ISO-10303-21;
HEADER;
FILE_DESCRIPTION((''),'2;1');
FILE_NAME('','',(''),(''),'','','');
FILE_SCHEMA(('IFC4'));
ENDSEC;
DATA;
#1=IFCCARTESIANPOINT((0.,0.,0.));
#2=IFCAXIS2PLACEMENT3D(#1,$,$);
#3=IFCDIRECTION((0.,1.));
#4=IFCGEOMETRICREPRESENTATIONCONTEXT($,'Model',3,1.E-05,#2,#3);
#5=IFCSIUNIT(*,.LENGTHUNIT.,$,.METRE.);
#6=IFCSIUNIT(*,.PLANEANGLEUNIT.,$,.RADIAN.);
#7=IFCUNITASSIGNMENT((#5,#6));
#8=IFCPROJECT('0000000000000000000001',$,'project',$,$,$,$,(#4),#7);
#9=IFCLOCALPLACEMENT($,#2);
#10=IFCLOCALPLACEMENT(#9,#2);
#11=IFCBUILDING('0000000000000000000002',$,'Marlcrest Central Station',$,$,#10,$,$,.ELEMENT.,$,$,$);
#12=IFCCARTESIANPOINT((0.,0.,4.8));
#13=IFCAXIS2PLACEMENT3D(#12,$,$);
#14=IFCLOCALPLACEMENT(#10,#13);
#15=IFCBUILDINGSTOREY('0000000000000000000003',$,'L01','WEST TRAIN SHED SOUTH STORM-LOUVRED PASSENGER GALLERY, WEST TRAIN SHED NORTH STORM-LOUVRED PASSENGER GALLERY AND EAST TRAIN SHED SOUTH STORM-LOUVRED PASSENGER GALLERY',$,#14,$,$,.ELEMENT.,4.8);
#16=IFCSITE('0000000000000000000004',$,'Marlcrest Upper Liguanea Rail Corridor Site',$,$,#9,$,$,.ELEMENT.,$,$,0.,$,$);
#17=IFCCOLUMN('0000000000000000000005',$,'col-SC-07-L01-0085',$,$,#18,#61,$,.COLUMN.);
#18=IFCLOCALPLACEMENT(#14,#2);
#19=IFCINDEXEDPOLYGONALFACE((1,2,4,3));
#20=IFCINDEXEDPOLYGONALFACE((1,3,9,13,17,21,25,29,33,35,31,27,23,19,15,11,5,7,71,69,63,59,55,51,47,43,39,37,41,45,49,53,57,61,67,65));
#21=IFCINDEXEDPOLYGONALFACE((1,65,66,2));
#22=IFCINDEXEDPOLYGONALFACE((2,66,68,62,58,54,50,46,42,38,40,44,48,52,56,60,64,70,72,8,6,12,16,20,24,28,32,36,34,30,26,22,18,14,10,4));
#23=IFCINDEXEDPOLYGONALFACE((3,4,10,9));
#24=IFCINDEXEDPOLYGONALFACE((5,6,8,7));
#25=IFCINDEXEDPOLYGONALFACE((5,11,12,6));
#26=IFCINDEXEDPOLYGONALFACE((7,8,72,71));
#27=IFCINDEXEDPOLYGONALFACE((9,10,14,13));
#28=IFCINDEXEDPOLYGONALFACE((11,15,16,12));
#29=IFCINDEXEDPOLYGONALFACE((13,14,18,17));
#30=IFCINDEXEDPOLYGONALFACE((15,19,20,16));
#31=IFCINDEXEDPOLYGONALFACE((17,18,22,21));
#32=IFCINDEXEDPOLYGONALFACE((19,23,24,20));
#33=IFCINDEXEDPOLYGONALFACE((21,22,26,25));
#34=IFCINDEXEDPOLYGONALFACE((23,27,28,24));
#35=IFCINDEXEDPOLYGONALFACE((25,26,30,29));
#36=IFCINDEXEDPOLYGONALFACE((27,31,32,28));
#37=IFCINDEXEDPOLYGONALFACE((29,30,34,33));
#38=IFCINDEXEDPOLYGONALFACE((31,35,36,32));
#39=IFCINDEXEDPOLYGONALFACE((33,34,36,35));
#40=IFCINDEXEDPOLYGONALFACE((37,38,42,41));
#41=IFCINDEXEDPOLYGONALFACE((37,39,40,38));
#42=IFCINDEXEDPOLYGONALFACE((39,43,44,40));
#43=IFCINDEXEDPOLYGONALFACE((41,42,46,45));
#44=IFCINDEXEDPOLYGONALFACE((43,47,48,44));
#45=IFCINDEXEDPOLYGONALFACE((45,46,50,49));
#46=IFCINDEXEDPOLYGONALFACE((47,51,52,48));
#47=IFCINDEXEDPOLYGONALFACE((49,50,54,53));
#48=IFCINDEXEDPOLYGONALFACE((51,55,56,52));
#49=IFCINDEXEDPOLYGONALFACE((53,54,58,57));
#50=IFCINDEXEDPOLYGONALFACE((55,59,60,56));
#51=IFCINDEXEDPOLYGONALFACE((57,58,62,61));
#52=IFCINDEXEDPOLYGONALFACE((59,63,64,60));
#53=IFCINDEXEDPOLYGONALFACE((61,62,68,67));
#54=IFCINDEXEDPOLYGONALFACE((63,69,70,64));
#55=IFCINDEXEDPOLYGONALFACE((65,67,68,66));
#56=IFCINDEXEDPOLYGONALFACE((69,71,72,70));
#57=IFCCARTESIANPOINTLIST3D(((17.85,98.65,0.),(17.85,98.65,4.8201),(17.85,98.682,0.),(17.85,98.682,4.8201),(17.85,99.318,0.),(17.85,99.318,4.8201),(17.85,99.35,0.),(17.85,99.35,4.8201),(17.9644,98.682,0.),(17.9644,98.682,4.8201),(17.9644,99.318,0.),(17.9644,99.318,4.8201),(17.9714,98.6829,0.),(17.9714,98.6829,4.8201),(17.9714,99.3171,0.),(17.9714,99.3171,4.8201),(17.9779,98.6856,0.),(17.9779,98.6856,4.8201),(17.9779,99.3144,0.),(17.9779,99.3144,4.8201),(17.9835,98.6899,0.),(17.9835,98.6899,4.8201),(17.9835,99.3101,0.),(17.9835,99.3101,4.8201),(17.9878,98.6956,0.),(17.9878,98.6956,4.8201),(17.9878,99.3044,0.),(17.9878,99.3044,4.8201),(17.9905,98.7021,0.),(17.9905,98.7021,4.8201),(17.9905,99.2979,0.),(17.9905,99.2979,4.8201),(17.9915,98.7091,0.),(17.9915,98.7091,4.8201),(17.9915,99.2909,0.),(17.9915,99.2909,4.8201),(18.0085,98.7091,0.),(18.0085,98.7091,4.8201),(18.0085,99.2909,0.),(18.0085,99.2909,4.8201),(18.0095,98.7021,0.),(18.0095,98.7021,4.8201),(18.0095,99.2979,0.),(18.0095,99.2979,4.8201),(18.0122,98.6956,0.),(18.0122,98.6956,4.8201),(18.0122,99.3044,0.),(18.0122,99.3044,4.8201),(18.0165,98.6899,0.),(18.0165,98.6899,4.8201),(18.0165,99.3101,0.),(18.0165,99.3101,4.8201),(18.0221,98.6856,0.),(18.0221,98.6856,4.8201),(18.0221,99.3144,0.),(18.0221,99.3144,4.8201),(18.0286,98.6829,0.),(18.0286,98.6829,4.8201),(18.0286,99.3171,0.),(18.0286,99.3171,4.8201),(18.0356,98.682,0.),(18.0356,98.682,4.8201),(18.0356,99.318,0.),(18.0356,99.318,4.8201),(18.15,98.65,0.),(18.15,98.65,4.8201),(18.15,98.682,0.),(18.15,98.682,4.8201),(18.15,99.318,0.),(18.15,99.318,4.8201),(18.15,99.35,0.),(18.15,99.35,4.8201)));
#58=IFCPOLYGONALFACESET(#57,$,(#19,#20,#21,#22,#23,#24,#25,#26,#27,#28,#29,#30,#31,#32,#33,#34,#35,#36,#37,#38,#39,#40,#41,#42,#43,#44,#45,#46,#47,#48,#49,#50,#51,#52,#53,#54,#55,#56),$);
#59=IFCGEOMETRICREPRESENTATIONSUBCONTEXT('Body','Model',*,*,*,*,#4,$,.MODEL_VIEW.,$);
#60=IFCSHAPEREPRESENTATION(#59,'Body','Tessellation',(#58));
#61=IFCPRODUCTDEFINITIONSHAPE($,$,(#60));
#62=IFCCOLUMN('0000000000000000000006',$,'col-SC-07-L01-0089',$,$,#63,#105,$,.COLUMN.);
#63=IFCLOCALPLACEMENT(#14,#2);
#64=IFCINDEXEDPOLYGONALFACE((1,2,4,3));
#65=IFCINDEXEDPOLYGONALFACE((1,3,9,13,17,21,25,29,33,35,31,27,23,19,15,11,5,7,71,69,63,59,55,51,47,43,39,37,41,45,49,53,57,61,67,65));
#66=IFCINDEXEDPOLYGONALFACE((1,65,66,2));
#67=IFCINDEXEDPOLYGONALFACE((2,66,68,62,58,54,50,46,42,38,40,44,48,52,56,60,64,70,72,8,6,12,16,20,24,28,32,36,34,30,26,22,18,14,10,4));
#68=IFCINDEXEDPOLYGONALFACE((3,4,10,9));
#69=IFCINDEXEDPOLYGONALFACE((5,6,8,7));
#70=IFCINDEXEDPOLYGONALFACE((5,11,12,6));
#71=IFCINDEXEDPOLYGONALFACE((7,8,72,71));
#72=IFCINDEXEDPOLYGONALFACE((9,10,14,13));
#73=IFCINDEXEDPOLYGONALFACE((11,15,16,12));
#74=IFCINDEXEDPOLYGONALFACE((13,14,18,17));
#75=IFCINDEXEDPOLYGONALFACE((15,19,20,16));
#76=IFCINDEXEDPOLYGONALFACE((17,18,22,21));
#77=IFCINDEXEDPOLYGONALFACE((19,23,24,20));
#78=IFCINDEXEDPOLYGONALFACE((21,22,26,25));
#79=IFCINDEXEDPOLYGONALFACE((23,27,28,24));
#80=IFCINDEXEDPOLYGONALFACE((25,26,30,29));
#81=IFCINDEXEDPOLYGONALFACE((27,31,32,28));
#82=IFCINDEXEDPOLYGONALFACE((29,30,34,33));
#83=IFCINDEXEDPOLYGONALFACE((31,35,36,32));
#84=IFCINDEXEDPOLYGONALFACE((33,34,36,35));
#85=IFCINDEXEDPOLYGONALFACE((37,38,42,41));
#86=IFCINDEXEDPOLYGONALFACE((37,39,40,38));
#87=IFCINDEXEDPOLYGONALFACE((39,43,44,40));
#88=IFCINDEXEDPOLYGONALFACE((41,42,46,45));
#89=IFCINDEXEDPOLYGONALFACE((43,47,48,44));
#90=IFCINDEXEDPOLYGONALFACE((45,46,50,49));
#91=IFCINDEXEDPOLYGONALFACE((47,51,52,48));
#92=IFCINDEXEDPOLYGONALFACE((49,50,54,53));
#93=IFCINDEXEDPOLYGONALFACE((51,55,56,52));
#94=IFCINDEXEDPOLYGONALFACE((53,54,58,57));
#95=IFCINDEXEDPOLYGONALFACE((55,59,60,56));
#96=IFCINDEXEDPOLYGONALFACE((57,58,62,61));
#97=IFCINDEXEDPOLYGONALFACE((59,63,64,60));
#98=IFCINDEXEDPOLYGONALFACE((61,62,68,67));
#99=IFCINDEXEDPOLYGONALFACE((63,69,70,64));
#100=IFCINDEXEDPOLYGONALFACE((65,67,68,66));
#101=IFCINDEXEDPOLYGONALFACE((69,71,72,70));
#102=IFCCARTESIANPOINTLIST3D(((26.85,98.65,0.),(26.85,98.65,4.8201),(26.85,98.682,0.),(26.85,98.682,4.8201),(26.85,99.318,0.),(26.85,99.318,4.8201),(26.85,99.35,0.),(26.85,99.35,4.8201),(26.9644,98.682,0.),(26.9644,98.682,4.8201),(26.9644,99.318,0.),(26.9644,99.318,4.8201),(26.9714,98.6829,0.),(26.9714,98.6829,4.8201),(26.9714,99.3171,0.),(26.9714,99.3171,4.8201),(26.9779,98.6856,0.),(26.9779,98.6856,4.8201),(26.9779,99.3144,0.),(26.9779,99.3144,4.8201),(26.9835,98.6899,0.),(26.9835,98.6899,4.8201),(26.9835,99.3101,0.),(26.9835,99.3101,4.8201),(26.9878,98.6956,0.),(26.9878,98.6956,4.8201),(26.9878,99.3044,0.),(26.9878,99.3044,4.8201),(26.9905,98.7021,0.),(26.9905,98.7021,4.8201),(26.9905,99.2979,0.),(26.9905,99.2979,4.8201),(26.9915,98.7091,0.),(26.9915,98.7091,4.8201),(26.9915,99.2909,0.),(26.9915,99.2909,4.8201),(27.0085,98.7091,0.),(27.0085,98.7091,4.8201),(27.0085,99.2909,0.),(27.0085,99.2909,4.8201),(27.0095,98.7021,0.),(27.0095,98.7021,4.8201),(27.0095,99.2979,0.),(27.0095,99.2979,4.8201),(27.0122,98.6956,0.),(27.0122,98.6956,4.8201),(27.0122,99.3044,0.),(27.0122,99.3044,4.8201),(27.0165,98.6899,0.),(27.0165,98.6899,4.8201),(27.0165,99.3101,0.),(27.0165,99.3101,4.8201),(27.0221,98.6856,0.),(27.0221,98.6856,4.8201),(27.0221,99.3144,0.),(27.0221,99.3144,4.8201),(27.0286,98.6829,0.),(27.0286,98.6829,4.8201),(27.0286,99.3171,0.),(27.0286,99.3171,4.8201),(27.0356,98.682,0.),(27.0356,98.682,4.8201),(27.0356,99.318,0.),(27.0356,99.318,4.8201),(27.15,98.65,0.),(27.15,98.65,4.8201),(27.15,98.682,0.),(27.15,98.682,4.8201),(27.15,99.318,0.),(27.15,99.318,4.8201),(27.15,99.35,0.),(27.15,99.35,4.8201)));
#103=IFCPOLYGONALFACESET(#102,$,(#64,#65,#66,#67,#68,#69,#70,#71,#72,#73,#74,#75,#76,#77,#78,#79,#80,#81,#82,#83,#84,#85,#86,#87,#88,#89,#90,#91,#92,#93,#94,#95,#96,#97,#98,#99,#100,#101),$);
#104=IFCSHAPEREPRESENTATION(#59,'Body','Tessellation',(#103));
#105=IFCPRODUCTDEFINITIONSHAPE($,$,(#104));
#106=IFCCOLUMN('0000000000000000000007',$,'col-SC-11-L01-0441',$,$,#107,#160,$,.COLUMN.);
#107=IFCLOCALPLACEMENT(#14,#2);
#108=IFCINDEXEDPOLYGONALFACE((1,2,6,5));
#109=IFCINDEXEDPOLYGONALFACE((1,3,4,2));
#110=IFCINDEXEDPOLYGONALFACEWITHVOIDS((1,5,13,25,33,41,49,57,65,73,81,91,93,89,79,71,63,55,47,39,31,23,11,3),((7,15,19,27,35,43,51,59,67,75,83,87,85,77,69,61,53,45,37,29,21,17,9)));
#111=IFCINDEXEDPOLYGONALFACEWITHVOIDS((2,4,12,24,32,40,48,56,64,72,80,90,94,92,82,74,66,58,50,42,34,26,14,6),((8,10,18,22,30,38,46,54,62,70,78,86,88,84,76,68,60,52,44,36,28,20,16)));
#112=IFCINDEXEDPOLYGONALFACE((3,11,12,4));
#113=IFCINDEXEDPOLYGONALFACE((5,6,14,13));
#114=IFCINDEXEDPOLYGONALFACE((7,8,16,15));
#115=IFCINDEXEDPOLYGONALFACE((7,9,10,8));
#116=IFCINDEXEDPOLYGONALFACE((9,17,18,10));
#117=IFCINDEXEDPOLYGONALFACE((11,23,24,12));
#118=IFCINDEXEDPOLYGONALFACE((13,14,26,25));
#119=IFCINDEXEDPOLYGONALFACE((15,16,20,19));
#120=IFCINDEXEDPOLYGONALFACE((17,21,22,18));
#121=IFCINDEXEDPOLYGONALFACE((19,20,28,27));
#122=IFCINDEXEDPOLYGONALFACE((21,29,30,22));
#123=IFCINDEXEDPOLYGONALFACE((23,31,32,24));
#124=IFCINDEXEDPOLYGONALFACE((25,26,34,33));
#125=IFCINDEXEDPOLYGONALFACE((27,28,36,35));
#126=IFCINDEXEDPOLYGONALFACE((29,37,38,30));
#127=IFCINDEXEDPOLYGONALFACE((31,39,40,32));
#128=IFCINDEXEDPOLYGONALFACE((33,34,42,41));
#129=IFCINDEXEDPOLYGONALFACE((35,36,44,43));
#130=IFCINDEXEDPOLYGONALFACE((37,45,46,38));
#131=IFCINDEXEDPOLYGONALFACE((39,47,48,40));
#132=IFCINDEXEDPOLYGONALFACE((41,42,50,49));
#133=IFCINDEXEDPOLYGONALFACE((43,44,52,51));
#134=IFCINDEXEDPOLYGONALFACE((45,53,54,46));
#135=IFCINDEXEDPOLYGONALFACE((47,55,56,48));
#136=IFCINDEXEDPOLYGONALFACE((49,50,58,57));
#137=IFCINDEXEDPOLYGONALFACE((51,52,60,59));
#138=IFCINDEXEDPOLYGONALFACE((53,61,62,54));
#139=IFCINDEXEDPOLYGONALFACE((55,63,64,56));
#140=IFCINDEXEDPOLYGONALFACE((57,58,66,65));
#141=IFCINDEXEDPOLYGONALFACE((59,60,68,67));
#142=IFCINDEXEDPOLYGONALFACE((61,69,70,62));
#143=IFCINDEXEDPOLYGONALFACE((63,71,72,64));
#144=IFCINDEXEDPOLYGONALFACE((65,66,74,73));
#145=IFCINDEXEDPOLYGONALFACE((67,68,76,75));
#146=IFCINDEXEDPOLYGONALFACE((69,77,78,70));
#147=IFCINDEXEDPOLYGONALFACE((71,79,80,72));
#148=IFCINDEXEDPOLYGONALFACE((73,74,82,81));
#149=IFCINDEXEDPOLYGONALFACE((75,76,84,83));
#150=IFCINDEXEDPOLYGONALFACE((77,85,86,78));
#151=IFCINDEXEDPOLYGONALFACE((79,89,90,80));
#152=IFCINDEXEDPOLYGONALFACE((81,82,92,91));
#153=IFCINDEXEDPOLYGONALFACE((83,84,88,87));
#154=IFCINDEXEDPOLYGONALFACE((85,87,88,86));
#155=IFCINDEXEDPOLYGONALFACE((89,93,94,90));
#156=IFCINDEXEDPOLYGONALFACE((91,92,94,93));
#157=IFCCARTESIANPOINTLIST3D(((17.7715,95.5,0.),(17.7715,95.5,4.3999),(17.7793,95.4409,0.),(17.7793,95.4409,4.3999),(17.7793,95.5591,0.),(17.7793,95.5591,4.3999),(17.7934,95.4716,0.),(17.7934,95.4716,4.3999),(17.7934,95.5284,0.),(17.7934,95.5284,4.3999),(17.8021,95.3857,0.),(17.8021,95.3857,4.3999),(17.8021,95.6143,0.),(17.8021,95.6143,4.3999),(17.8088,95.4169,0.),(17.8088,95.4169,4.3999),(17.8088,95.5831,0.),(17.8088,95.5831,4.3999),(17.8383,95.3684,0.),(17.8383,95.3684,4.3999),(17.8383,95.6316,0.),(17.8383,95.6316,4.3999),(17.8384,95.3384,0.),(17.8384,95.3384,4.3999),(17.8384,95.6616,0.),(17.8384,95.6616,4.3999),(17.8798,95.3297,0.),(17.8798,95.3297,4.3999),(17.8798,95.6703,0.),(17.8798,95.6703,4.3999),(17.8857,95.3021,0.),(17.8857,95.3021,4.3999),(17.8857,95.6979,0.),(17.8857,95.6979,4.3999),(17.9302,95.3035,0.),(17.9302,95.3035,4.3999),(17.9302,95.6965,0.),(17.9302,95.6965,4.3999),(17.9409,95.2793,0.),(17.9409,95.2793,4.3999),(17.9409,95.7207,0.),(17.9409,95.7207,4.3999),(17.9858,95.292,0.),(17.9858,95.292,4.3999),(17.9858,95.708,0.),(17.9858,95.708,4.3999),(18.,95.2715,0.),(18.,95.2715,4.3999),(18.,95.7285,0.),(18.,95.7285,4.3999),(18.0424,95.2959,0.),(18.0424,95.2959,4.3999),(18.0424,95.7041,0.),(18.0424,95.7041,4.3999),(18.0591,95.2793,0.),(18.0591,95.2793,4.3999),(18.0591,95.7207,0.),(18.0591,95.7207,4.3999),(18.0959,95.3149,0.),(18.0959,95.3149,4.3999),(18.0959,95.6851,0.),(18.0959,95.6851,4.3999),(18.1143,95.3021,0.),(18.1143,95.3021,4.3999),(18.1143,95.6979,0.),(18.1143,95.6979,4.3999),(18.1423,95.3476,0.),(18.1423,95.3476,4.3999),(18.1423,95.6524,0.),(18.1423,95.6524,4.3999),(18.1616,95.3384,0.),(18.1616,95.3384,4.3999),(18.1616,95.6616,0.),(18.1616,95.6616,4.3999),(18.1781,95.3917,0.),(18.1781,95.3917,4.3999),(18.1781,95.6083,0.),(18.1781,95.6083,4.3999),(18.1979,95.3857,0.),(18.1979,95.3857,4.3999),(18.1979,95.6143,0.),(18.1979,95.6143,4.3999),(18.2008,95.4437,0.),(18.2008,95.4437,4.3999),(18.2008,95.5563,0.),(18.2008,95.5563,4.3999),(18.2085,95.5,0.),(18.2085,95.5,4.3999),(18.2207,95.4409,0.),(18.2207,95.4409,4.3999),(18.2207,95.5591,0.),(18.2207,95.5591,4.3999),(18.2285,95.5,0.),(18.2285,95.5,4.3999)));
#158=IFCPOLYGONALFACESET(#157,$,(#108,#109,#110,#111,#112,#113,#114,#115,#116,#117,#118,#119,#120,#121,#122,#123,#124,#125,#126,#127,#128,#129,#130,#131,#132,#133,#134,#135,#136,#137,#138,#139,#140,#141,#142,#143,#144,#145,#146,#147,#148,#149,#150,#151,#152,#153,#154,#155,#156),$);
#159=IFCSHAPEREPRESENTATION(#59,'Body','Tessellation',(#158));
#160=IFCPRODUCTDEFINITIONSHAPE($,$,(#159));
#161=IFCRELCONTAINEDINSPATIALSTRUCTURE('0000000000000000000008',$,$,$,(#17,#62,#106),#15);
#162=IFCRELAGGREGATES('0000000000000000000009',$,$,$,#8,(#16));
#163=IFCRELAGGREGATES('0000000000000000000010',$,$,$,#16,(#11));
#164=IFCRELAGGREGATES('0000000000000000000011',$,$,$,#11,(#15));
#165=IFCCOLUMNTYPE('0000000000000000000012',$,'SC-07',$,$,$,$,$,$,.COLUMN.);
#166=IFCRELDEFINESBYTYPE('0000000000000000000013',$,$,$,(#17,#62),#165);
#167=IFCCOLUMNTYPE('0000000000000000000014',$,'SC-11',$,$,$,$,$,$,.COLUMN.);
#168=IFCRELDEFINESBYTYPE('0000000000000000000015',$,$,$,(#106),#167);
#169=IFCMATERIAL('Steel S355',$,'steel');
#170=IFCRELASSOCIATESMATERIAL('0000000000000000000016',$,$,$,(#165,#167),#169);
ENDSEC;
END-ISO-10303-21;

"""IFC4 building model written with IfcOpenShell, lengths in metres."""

from ifc_helpers import new_model, si_unit, direction, frame, origin, origin_2d, place, context, subcontext, project, spatial, hollow_circle, i_section, extrude, material, material_profile, profile_set, type_object, element, save


model = new_model("IFC4")

# Units and contexts
model_context = context("Model", 3, precision=1e-05, world=origin(), true_north=direction((0.0, 1.0)))
body_context = subcontext(model_context, "Body", "Model", "MODEL_VIEW")
ifc_project = project(units=[si_unit("LENGTHUNIT", "METRE"), si_unit("PLANEANGLEUNIT", "RADIAN")], contexts=[model_context])

# Site, building, storey
site_placement = place(None, origin())
site = spatial("IfcSite", under=ifc_project, at=site_placement, Name="Marlcrest Upper Liguanea Rail Corridor Site", CompositionType="ELEMENT", RefElevation=0.0)
building_placement = place(site_placement, origin())
building = spatial("IfcBuilding", under=site, at=building_placement, Name="Marlcrest Central Station", CompositionType="ELEMENT")
storey_placement = place(building_placement, frame((0.0, 0.0, 4.8)))
storey = spatial("IfcBuildingStorey", under=building, at=storey_placement, Name="L01", Description="WEST TRAIN SHED SOUTH STORM-LOUVRED PASSENGER GALLERY, WEST TRAIN SHED NORTH STORM-LOUVRED PASSENGER GALLERY AND EAST TRAIN SHED SOUTH STORM-LOUVRED PASSENGER GALLERY", CompositionType="ELEMENT", Elevation=4.8)

# Columns
ifc_material_1 = material(Name="Steel S355", Category="steel")
ifc_material_profile_1 = material_profile(ifc_material_1, i_section(OverallWidth=0.3, OverallDepth=0.7, WebThickness=0.0171, FlangeThickness=0.032, FilletRadius=0.0271, at=origin_2d()), Name="HEB 700")
ifc_profile_set_1 = profile_set([ifc_material_profile_1], Name="Steel S355")
column_type_1 = type_object("IfcColumnType", Name="SC-07", PredefinedType="COLUMN", material=ifc_profile_set_1)
for number, where, z_axis, x_axis, name in (
    (1, (18.0, 99.0, 0.0), (0.0, 0.0, 1.0), (1.0, 0.0, 0.0), "col-SC-07-L01-0085"),
    (2, (27.0, 99.0, 0.0), (0.0, 0.0, 1.0), (1.0, 0.0, 0.0), "col-SC-07-L01-0089"),
):
    element("IfcColumn", number, at=place(storey_placement, frame(where, z_axis=z_axis, x_axis=x_axis)), inside=storey, type_object=column_type_1, Name=name, PredefinedType="COLUMN", context=body_context, shape_type="SweptSolid", body=[
        extrude(i_section(OverallWidth=0.3, OverallDepth=0.7, WebThickness=0.0171, FlangeThickness=0.032, FilletRadius=0.0271, at=origin_2d()), origin(), (0.0, 0.0, 1.0), 4.8201),
    ])
ifc_material_profile_2 = material_profile(ifc_material_1, hollow_circle(Radius=0.2285, WallThickness=0.02, at=origin_2d()), Name="CHS 457x20")
ifc_profile_set_2 = profile_set([ifc_material_profile_2], Name="Steel S355")
column_type_2 = type_object("IfcColumnType", Name="SC-11", PredefinedType="COLUMN", material=ifc_profile_set_2)
for number, where, z_axis, x_axis, name in (
    (3, (18.0, 95.5, 0.0), (0.0, 0.0, 1.0), (1.0, 0.0, 0.0), "col-SC-11-L01-0441"),
):
    element("IfcColumn", number, at=place(storey_placement, frame(where, z_axis=z_axis, x_axis=x_axis)), inside=storey, type_object=column_type_2, Name=name, PredefinedType="COLUMN", context=body_context, shape_type="SweptSolid", body=[
        extrude(hollow_circle(Radius=0.2285, WallThickness=0.02, at=origin_2d()), origin(), (0.0, 0.0, 1.0), 4.3999),
    ])

save(model, "model.ifc")
